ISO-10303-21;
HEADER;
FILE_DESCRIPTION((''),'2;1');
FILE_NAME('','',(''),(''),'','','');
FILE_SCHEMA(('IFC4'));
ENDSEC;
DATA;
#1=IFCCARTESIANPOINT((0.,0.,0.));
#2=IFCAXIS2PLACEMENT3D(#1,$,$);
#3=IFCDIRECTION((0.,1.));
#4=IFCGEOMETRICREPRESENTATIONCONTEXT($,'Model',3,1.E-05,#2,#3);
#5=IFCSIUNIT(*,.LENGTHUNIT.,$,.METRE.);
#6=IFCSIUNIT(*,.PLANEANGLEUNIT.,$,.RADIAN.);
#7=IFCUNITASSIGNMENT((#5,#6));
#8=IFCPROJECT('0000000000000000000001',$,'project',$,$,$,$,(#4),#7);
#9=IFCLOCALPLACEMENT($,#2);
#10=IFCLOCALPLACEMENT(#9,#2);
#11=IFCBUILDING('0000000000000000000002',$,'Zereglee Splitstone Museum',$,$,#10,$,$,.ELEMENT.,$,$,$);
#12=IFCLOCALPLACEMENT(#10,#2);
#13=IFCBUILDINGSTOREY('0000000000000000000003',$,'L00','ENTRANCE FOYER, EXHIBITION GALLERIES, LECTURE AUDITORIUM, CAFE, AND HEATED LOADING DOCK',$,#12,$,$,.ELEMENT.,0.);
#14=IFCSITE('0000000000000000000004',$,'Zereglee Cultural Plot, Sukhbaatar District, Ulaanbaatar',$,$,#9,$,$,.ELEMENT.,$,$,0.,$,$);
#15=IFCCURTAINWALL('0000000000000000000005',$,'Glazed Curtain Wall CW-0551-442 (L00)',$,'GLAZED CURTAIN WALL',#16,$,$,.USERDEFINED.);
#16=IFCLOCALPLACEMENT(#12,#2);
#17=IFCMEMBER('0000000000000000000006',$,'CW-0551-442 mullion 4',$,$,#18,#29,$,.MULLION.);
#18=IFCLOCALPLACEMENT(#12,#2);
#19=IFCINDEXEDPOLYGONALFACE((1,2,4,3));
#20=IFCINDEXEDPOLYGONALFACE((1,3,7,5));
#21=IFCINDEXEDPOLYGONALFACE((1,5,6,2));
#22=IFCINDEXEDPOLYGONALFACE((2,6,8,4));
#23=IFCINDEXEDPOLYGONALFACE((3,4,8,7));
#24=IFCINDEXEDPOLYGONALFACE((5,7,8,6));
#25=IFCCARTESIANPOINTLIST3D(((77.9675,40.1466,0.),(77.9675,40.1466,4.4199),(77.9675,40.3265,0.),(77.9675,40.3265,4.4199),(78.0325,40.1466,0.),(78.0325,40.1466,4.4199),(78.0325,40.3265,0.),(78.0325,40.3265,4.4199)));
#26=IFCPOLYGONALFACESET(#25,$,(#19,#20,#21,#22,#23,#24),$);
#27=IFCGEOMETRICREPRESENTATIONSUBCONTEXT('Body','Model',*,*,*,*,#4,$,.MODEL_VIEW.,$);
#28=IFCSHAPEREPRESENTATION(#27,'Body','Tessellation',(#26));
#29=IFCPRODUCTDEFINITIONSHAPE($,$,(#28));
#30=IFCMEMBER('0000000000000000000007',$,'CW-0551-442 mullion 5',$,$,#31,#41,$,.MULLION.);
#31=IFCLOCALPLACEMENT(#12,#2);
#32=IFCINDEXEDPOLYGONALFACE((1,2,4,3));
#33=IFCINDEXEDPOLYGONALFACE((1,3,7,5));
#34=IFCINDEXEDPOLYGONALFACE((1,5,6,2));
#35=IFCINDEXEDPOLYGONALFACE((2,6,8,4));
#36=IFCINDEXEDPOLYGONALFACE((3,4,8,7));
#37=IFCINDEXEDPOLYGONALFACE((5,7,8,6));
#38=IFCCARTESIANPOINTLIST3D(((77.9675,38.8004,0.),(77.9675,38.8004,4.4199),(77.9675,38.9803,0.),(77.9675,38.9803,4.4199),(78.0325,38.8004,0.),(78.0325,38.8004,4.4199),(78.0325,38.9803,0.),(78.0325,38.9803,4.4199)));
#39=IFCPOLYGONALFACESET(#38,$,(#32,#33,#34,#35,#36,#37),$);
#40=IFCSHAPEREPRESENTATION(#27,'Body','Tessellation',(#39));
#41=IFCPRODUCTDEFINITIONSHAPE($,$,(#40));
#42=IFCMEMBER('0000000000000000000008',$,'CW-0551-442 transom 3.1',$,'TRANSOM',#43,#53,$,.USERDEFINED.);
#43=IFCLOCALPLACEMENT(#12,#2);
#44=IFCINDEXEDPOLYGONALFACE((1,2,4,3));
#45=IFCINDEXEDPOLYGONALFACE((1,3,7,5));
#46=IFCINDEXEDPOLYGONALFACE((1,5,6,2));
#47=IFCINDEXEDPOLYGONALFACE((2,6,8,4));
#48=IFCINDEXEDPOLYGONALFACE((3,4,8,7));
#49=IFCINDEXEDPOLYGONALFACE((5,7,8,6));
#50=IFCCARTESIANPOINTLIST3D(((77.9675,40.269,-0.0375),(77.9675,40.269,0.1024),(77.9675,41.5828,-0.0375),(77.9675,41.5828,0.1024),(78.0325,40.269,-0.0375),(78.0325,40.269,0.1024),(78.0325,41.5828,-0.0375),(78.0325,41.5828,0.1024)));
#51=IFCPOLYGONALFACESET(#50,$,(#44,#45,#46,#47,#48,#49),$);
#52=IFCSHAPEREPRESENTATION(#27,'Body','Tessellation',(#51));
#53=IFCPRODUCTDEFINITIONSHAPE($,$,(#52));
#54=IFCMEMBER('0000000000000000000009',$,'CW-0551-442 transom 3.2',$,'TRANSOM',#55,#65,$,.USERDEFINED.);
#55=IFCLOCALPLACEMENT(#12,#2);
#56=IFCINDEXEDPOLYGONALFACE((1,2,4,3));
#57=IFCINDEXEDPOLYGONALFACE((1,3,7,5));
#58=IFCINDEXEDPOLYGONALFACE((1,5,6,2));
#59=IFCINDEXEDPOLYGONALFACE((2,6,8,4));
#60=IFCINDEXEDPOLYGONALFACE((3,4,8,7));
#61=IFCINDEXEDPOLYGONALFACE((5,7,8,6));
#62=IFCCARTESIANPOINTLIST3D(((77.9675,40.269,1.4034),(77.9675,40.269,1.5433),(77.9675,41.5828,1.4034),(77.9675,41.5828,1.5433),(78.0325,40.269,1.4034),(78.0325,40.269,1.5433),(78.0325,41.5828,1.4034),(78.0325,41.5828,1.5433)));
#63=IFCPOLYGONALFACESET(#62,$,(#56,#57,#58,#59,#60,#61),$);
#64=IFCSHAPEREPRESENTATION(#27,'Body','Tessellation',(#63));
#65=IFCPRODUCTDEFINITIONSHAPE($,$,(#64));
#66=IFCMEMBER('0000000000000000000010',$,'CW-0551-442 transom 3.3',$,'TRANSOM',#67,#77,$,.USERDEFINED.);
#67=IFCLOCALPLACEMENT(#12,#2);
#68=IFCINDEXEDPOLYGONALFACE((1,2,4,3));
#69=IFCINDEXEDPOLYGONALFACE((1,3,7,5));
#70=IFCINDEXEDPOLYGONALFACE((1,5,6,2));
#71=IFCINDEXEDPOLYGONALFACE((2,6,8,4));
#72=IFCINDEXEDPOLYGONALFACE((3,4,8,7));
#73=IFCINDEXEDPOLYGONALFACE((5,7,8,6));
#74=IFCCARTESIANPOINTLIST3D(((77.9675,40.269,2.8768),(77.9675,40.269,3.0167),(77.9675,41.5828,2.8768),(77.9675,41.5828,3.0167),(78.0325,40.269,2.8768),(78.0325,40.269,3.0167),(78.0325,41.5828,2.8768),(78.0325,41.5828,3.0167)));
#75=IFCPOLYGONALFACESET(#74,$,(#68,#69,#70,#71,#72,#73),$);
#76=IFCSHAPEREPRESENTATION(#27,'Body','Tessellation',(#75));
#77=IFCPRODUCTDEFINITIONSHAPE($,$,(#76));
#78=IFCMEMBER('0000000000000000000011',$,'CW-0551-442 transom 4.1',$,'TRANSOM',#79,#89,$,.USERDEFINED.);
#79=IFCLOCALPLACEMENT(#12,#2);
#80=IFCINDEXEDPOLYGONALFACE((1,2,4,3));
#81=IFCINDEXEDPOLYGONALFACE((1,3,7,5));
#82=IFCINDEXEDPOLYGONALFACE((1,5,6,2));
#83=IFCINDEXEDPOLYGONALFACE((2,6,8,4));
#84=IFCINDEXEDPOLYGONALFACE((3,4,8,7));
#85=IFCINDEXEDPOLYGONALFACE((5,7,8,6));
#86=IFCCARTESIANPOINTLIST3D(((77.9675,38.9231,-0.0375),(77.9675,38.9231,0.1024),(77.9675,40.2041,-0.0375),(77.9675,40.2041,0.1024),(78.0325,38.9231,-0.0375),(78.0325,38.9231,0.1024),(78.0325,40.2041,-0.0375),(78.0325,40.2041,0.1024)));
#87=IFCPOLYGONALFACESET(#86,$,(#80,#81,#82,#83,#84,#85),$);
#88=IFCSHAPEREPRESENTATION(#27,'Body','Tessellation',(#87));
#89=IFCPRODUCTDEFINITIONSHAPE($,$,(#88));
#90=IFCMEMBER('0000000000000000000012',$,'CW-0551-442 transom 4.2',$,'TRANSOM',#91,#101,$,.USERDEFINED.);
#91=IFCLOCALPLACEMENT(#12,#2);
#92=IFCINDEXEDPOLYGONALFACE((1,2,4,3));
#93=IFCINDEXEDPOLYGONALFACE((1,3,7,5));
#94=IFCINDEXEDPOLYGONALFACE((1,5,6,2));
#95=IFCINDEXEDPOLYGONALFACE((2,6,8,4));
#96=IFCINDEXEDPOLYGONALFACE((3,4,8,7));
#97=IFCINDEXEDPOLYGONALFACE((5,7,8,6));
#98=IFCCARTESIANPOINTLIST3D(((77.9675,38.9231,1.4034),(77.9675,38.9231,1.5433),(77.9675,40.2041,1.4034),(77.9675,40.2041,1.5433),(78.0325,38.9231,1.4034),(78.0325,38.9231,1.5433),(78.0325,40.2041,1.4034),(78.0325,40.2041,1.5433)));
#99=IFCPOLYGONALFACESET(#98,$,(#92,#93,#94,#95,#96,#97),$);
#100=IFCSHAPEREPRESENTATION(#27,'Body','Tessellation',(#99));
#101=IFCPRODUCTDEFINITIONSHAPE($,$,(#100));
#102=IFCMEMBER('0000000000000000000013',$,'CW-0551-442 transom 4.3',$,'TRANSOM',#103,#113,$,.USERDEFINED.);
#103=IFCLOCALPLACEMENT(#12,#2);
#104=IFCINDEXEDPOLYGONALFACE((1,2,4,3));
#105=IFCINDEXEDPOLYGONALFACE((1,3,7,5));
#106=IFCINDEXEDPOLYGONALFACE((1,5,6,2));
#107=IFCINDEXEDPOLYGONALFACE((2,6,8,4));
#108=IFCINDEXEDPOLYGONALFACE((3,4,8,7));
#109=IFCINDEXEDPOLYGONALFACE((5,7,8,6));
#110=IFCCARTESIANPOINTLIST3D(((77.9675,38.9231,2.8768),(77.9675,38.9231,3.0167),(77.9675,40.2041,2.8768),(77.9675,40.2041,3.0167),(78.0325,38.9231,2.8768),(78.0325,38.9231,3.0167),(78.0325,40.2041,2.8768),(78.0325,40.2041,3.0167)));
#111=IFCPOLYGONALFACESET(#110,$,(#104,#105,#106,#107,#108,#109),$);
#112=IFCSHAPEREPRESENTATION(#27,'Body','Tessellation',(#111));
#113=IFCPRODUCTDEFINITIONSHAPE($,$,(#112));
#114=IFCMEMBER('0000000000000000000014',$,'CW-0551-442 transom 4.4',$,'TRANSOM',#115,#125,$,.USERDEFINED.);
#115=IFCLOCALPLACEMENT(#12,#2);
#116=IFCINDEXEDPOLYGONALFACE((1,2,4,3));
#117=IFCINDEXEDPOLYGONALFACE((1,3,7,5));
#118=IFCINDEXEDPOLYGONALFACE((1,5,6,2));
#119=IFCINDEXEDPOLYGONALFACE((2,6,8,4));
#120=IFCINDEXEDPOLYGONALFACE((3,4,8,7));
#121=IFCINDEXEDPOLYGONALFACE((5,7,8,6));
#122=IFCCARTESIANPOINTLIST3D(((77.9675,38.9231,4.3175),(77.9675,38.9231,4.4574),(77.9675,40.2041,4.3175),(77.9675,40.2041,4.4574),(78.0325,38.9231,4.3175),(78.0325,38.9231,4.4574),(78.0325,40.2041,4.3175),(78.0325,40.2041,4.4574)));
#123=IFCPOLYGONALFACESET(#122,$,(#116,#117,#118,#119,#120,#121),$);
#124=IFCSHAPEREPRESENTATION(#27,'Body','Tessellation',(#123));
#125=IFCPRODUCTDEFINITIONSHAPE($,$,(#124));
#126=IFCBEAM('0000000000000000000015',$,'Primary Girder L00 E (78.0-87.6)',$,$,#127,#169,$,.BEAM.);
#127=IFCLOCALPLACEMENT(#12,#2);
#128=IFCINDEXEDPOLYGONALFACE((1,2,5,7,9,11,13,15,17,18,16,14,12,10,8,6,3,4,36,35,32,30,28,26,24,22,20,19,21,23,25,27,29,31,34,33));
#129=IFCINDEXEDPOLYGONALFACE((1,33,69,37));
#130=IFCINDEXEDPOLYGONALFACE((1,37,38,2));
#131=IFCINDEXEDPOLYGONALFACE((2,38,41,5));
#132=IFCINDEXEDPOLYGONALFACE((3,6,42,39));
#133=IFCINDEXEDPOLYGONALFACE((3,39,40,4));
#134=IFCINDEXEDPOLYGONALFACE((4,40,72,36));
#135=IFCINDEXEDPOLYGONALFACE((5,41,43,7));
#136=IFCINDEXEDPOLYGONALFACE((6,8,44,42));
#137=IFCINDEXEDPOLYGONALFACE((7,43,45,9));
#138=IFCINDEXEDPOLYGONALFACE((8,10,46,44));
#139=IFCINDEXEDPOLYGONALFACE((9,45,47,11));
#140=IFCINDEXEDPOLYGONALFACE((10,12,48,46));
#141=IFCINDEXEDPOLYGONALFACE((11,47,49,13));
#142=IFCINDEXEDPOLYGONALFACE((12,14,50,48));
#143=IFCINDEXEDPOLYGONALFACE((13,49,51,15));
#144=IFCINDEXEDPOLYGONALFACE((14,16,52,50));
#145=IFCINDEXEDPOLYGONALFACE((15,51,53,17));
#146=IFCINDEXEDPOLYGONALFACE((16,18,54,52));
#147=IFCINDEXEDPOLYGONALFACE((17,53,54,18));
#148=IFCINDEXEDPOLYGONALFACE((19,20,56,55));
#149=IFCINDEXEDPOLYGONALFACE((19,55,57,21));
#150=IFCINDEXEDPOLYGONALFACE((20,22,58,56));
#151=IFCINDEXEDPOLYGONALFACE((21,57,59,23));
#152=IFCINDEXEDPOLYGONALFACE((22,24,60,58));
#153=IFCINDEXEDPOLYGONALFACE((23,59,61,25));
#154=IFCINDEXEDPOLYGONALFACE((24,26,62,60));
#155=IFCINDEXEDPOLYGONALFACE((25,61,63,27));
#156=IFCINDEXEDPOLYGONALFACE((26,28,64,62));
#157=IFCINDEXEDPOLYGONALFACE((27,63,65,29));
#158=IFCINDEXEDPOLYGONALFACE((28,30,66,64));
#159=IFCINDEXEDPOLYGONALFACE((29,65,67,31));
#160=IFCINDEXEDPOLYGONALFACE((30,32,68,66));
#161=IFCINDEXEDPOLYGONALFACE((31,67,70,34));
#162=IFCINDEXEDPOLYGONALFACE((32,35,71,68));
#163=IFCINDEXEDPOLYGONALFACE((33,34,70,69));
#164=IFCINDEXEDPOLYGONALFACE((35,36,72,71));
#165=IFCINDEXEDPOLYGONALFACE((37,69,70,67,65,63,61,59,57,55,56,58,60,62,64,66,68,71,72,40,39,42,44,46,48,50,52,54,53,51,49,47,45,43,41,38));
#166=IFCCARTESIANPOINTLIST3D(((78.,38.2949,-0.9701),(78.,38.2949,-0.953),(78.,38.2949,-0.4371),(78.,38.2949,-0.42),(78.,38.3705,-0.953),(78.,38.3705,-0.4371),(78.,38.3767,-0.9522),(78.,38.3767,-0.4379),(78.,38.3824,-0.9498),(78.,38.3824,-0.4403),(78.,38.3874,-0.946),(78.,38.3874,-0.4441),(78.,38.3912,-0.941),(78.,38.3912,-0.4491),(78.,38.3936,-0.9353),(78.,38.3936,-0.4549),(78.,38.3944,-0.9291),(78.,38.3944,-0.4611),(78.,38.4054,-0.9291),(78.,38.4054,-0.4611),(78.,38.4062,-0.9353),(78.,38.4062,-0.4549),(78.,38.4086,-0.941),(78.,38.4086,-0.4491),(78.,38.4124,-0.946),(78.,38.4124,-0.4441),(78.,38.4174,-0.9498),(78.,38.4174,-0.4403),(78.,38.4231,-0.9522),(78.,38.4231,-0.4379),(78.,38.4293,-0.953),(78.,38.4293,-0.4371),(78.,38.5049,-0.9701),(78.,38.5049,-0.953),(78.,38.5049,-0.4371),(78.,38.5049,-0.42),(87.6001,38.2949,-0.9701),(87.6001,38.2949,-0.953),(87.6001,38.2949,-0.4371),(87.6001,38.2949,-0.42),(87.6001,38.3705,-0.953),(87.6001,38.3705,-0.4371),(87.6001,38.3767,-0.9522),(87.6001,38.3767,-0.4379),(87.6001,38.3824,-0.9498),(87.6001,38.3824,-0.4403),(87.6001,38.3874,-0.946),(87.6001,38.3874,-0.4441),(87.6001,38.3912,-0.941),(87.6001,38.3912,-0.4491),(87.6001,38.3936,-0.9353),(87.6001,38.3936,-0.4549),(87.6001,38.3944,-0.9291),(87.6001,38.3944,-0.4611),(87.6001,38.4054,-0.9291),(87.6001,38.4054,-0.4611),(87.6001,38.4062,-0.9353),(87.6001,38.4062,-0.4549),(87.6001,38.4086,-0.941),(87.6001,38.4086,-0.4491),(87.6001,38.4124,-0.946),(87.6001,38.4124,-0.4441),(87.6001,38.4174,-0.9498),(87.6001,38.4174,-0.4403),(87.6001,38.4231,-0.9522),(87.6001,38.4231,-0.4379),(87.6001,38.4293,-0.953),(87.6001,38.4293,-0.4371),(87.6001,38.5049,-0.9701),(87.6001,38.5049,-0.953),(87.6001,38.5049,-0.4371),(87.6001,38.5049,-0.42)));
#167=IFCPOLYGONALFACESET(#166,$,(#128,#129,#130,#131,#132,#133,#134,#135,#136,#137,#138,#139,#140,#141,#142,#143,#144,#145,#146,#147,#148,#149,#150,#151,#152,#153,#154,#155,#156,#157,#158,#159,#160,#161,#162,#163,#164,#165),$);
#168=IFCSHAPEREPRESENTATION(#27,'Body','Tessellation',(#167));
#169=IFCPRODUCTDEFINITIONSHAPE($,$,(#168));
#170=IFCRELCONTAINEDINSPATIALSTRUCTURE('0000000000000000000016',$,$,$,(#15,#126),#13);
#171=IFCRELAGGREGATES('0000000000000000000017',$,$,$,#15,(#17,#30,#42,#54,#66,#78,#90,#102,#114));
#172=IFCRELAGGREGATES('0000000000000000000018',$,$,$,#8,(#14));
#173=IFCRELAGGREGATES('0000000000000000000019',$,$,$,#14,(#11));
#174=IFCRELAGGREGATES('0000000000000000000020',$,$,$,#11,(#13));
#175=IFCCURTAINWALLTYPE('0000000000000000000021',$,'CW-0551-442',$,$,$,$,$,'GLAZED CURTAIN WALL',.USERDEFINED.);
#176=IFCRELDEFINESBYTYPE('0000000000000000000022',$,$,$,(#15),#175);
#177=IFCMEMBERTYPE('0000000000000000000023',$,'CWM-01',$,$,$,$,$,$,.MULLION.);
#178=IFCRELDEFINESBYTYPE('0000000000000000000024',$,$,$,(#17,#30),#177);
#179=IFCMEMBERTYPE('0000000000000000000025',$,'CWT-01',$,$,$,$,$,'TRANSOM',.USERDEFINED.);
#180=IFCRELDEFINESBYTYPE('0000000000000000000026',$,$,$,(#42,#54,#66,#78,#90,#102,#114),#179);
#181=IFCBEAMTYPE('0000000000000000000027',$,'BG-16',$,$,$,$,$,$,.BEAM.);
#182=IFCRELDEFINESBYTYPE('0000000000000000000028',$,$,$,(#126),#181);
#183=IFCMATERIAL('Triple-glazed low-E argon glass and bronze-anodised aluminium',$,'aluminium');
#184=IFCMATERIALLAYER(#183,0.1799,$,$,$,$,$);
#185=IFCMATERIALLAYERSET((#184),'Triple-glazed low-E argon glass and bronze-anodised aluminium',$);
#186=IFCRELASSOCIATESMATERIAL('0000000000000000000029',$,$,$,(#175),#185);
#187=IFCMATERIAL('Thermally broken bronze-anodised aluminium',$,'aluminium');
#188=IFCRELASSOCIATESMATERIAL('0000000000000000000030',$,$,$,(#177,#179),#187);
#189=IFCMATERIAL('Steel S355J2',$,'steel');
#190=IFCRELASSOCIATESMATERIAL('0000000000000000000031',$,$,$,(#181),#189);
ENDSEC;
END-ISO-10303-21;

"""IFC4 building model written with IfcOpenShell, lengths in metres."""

from ifc_helpers import new_model, si_unit, direction, frame, origin, origin_2d, place, context, subcontext, project, spatial, rectangle, i_section, extrude, material, layer, layer_set, material_profile, profile_set, type_object, element, aggregate, save


model = new_model("IFC4")

# Units and contexts
model_context = context("Model", 3, precision=1e-05, world=origin(), true_north=direction((0.0, 1.0)))
body_context = subcontext(model_context, "Body", "Model", "MODEL_VIEW")
ifc_project = project(units=[si_unit("LENGTHUNIT", "METRE"), si_unit("PLANEANGLEUNIT", "RADIAN")], contexts=[model_context])

# Site, building, storey
site_placement = place(None, origin())
site = spatial("IfcSite", under=ifc_project, at=site_placement, Name="Zereglee Cultural Plot, Sukhbaatar District, Ulaanbaatar", CompositionType="ELEMENT", RefElevation=0.0)
building_placement = place(site_placement, origin())
building = spatial("IfcBuilding", under=site, at=building_placement, Name="Zereglee Splitstone Museum", CompositionType="ELEMENT")
storey_placement = place(building_placement, origin())
storey = spatial("IfcBuildingStorey", under=building, at=storey_placement, Name="L00", Description="ENTRANCE FOYER, EXHIBITION GALLERIES, LECTURE AUDITORIUM, CAFE, AND HEATED LOADING DOCK", CompositionType="ELEMENT", Elevation=0.0)

# Curtain wall, members
ifc_material_1 = material(Name="Triple-glazed low-E argon glass and bronze-anodised aluminium", Category="aluminium")
ifc_layer_1 = layer(ifc_material_1, 0.1799)
ifc_layer_set_1 = layer_set([ifc_layer_1], Name="Triple-glazed low-E argon glass and bronze-anodised aluminium")
curtain_wall_type = type_object("IfcCurtainWallType", Name="CW-0551-442", ElementType="GLAZED CURTAIN WALL", PredefinedType="USERDEFINED", material=ifc_layer_set_1)
curtain_wall_placement = place(storey_placement, origin())
curtain_wall = element("IfcCurtainWall", 1, at=curtain_wall_placement, inside=storey, type_object=curtain_wall_type, Name="Glazed Curtain Wall CW-0551-442 (L00)", ObjectType="GLAZED CURTAIN WALL", PredefinedType="USERDEFINED")
ifc_material_2 = material(Name="Thermally broken bronze-anodised aluminium", Category="aluminium")
ifc_material_profile_1 = material_profile(ifc_material_2, rectangle(XDim=0.0649, YDim=0.1799, at=origin_2d()), Name="CW MULL 65x180")
ifc_profile_set_1 = profile_set([ifc_material_profile_1], Name="Thermally broken bronze-anodised aluminium")
member_type_1 = type_object("IfcMemberType", Name="CWM-01", PredefinedType="MULLION", material=ifc_profile_set_1)
member_1_placement = place(storey_placement, frame((78.0, 40.2366, 0.0), z_axis=(0.0, 0.0, 1.0), x_axis=(1.0, 0.0, 0.0)))
member_1 = element("IfcMember", 2, at=member_1_placement, type_object=member_type_1, Name="CW-0551-442 mullion 4", PredefinedType="MULLION", context=body_context, shape_type="SweptSolid", body=[
    extrude(rectangle(XDim=0.0649, YDim=0.1799, at=origin_2d()), origin(), (0.0, 0.0, 1.0), 4.4199),
])
member_2_placement = place(storey_placement, frame((78.0, 38.8904, 0.0), z_axis=(0.0, 0.0, 1.0), x_axis=(1.0, 0.0, 0.0)))
member_2 = element("IfcMember", 3, at=member_2_placement, type_object=member_type_1, Name="CW-0551-442 mullion 5", PredefinedType="MULLION", context=body_context, shape_type="SweptSolid", body=[
    extrude(rectangle(XDim=0.0649, YDim=0.1799, at=origin_2d()), origin(), (0.0, 0.0, 1.0), 4.4199),
])
ifc_material_profile_2 = material_profile(ifc_material_2, rectangle(XDim=0.0649, YDim=0.1399, at=origin_2d()), Name="CW TRAN 65x140")
ifc_profile_set_2 = profile_set([ifc_material_profile_2], Name="Thermally broken bronze-anodised aluminium")
member_type_2 = type_object("IfcMemberType", Name="CWT-01", ElementType="TRANSOM", PredefinedType="USERDEFINED", material=ifc_profile_set_2)
member_3_placement = place(storey_placement, frame((78.0, 41.5828, 0.0325), z_axis=(0.0, -1.0, 0.0), x_axis=(1.0, 0.0, 0.0)))
member_3 = element("IfcMember", 4, at=member_3_placement, type_object=member_type_2, Name="CW-0551-442 transom 3.1", ObjectType="TRANSOM", PredefinedType="USERDEFINED", context=body_context, shape_type="SweptSolid", body=[
    extrude(rectangle(XDim=0.0649, YDim=0.1399, at=origin_2d()), origin(), (0.0, 0.0, 1.0), 1.3137),
])
member_4_placement = place(storey_placement, frame((78.0, 41.5828, 1.4734), z_axis=(0.0, -1.0, 0.0), x_axis=(1.0, 0.0, 0.0)))
member_4 = element("IfcMember", 5, at=member_4_placement, type_object=member_type_2, Name="CW-0551-442 transom 3.2", ObjectType="TRANSOM", PredefinedType="USERDEFINED", context=body_context, shape_type="SweptSolid", body=[
    extrude(rectangle(XDim=0.0649, YDim=0.1399, at=origin_2d()), origin(), (0.0, 0.0, 1.0), 1.3137),
])
member_5_placement = place(storey_placement, frame((78.0, 41.5828, 2.9468), z_axis=(0.0, -1.0, 0.0), x_axis=(1.0, 0.0, 0.0)))
member_5 = element("IfcMember", 6, at=member_5_placement, type_object=member_type_2, Name="CW-0551-442 transom 3.3", ObjectType="TRANSOM", PredefinedType="USERDEFINED", context=body_context, shape_type="SweptSolid", body=[
    extrude(rectangle(XDim=0.0649, YDim=0.1399, at=origin_2d()), origin(), (0.0, 0.0, 1.0), 1.3137),
])
member_6_placement = place(storey_placement, frame((78.0, 40.2041, 0.0325), z_axis=(0.0, -1.0, 0.0), x_axis=(1.0, 0.0, 0.0)))
member_6 = element("IfcMember", 7, at=member_6_placement, type_object=member_type_2, Name="CW-0551-442 transom 4.1", ObjectType="TRANSOM", PredefinedType="USERDEFINED", context=body_context, shape_type="SweptSolid", body=[
    extrude(rectangle(XDim=0.0649, YDim=0.1399, at=origin_2d()), origin(), (0.0, 0.0, 1.0), 1.281),
])
member_7_placement = place(storey_placement, frame((78.0, 40.2041, 1.4734), z_axis=(0.0, -1.0, 0.0), x_axis=(1.0, 0.0, 0.0)))
member_7 = element("IfcMember", 8, at=member_7_placement, type_object=member_type_2, Name="CW-0551-442 transom 4.2", ObjectType="TRANSOM", PredefinedType="USERDEFINED", context=body_context, shape_type="SweptSolid", body=[
    extrude(rectangle(XDim=0.0649, YDim=0.1399, at=origin_2d()), origin(), (0.0, 0.0, 1.0), 1.281),
])
member_8_placement = place(storey_placement, frame((78.0, 40.2041, 2.9468), z_axis=(0.0, -1.0, 0.0), x_axis=(1.0, 0.0, 0.0)))
member_8 = element("IfcMember", 9, at=member_8_placement, type_object=member_type_2, Name="CW-0551-442 transom 4.3", ObjectType="TRANSOM", PredefinedType="USERDEFINED", context=body_context, shape_type="SweptSolid", body=[
    extrude(rectangle(XDim=0.0649, YDim=0.1399, at=origin_2d()), origin(), (0.0, 0.0, 1.0), 1.281),
])
member_9_placement = place(storey_placement, frame((78.0, 40.2041, 4.3875), z_axis=(0.0, -1.0, 0.0), x_axis=(1.0, 0.0, 0.0)))
member_9 = element("IfcMember", 10, at=member_9_placement, type_object=member_type_2, Name="CW-0551-442 transom 4.4", ObjectType="TRANSOM", PredefinedType="USERDEFINED", context=body_context, shape_type="SweptSolid", body=[
    extrude(rectangle(XDim=0.0649, YDim=0.1399, at=origin_2d()), origin(), (0.0, 0.0, 1.0), 1.281),
])

# Beam
ifc_material_3 = material(Name="Steel S355J2", Category="steel")
ifc_material_profile_3 = material_profile(ifc_material_3, i_section(OverallWidth=0.21, OverallDepth=0.55, WebThickness=0.011, FlangeThickness=0.0171, FilletRadius=0.0239, at=origin_2d()), Name="IPE 550")
ifc_profile_set_3 = profile_set([ifc_material_profile_3], Name="Steel S355J2")
beam_type_1 = type_object("IfcBeamType", Name="BG-16", PredefinedType="BEAM", material=ifc_profile_set_3)
beam_1_placement = place(storey_placement, frame((78.0, 38.3999, -0.6951), z_axis=(1.0, 0.0, 0.0), x_axis=(0.0, 1.0, 0.0)))
element("IfcBeam", 11, at=beam_1_placement, inside=storey, type_object=beam_type_1, Name="Primary Girder L00 E (78.0-87.6)", PredefinedType="BEAM", context=body_context, shape_type="SweptSolid", body=[
    extrude(i_section(OverallWidth=0.21, OverallDepth=0.55, WebThickness=0.011, FlangeThickness=0.0171, FilletRadius=0.0239, at=origin_2d()), origin(), (0.0, 0.0, 1.0), 9.6001),
])

aggregate(curtain_wall, [member_1, member_2, member_3, member_4, member_5, member_6, member_7, member_8, member_9])

save(model, "model.ifc")
